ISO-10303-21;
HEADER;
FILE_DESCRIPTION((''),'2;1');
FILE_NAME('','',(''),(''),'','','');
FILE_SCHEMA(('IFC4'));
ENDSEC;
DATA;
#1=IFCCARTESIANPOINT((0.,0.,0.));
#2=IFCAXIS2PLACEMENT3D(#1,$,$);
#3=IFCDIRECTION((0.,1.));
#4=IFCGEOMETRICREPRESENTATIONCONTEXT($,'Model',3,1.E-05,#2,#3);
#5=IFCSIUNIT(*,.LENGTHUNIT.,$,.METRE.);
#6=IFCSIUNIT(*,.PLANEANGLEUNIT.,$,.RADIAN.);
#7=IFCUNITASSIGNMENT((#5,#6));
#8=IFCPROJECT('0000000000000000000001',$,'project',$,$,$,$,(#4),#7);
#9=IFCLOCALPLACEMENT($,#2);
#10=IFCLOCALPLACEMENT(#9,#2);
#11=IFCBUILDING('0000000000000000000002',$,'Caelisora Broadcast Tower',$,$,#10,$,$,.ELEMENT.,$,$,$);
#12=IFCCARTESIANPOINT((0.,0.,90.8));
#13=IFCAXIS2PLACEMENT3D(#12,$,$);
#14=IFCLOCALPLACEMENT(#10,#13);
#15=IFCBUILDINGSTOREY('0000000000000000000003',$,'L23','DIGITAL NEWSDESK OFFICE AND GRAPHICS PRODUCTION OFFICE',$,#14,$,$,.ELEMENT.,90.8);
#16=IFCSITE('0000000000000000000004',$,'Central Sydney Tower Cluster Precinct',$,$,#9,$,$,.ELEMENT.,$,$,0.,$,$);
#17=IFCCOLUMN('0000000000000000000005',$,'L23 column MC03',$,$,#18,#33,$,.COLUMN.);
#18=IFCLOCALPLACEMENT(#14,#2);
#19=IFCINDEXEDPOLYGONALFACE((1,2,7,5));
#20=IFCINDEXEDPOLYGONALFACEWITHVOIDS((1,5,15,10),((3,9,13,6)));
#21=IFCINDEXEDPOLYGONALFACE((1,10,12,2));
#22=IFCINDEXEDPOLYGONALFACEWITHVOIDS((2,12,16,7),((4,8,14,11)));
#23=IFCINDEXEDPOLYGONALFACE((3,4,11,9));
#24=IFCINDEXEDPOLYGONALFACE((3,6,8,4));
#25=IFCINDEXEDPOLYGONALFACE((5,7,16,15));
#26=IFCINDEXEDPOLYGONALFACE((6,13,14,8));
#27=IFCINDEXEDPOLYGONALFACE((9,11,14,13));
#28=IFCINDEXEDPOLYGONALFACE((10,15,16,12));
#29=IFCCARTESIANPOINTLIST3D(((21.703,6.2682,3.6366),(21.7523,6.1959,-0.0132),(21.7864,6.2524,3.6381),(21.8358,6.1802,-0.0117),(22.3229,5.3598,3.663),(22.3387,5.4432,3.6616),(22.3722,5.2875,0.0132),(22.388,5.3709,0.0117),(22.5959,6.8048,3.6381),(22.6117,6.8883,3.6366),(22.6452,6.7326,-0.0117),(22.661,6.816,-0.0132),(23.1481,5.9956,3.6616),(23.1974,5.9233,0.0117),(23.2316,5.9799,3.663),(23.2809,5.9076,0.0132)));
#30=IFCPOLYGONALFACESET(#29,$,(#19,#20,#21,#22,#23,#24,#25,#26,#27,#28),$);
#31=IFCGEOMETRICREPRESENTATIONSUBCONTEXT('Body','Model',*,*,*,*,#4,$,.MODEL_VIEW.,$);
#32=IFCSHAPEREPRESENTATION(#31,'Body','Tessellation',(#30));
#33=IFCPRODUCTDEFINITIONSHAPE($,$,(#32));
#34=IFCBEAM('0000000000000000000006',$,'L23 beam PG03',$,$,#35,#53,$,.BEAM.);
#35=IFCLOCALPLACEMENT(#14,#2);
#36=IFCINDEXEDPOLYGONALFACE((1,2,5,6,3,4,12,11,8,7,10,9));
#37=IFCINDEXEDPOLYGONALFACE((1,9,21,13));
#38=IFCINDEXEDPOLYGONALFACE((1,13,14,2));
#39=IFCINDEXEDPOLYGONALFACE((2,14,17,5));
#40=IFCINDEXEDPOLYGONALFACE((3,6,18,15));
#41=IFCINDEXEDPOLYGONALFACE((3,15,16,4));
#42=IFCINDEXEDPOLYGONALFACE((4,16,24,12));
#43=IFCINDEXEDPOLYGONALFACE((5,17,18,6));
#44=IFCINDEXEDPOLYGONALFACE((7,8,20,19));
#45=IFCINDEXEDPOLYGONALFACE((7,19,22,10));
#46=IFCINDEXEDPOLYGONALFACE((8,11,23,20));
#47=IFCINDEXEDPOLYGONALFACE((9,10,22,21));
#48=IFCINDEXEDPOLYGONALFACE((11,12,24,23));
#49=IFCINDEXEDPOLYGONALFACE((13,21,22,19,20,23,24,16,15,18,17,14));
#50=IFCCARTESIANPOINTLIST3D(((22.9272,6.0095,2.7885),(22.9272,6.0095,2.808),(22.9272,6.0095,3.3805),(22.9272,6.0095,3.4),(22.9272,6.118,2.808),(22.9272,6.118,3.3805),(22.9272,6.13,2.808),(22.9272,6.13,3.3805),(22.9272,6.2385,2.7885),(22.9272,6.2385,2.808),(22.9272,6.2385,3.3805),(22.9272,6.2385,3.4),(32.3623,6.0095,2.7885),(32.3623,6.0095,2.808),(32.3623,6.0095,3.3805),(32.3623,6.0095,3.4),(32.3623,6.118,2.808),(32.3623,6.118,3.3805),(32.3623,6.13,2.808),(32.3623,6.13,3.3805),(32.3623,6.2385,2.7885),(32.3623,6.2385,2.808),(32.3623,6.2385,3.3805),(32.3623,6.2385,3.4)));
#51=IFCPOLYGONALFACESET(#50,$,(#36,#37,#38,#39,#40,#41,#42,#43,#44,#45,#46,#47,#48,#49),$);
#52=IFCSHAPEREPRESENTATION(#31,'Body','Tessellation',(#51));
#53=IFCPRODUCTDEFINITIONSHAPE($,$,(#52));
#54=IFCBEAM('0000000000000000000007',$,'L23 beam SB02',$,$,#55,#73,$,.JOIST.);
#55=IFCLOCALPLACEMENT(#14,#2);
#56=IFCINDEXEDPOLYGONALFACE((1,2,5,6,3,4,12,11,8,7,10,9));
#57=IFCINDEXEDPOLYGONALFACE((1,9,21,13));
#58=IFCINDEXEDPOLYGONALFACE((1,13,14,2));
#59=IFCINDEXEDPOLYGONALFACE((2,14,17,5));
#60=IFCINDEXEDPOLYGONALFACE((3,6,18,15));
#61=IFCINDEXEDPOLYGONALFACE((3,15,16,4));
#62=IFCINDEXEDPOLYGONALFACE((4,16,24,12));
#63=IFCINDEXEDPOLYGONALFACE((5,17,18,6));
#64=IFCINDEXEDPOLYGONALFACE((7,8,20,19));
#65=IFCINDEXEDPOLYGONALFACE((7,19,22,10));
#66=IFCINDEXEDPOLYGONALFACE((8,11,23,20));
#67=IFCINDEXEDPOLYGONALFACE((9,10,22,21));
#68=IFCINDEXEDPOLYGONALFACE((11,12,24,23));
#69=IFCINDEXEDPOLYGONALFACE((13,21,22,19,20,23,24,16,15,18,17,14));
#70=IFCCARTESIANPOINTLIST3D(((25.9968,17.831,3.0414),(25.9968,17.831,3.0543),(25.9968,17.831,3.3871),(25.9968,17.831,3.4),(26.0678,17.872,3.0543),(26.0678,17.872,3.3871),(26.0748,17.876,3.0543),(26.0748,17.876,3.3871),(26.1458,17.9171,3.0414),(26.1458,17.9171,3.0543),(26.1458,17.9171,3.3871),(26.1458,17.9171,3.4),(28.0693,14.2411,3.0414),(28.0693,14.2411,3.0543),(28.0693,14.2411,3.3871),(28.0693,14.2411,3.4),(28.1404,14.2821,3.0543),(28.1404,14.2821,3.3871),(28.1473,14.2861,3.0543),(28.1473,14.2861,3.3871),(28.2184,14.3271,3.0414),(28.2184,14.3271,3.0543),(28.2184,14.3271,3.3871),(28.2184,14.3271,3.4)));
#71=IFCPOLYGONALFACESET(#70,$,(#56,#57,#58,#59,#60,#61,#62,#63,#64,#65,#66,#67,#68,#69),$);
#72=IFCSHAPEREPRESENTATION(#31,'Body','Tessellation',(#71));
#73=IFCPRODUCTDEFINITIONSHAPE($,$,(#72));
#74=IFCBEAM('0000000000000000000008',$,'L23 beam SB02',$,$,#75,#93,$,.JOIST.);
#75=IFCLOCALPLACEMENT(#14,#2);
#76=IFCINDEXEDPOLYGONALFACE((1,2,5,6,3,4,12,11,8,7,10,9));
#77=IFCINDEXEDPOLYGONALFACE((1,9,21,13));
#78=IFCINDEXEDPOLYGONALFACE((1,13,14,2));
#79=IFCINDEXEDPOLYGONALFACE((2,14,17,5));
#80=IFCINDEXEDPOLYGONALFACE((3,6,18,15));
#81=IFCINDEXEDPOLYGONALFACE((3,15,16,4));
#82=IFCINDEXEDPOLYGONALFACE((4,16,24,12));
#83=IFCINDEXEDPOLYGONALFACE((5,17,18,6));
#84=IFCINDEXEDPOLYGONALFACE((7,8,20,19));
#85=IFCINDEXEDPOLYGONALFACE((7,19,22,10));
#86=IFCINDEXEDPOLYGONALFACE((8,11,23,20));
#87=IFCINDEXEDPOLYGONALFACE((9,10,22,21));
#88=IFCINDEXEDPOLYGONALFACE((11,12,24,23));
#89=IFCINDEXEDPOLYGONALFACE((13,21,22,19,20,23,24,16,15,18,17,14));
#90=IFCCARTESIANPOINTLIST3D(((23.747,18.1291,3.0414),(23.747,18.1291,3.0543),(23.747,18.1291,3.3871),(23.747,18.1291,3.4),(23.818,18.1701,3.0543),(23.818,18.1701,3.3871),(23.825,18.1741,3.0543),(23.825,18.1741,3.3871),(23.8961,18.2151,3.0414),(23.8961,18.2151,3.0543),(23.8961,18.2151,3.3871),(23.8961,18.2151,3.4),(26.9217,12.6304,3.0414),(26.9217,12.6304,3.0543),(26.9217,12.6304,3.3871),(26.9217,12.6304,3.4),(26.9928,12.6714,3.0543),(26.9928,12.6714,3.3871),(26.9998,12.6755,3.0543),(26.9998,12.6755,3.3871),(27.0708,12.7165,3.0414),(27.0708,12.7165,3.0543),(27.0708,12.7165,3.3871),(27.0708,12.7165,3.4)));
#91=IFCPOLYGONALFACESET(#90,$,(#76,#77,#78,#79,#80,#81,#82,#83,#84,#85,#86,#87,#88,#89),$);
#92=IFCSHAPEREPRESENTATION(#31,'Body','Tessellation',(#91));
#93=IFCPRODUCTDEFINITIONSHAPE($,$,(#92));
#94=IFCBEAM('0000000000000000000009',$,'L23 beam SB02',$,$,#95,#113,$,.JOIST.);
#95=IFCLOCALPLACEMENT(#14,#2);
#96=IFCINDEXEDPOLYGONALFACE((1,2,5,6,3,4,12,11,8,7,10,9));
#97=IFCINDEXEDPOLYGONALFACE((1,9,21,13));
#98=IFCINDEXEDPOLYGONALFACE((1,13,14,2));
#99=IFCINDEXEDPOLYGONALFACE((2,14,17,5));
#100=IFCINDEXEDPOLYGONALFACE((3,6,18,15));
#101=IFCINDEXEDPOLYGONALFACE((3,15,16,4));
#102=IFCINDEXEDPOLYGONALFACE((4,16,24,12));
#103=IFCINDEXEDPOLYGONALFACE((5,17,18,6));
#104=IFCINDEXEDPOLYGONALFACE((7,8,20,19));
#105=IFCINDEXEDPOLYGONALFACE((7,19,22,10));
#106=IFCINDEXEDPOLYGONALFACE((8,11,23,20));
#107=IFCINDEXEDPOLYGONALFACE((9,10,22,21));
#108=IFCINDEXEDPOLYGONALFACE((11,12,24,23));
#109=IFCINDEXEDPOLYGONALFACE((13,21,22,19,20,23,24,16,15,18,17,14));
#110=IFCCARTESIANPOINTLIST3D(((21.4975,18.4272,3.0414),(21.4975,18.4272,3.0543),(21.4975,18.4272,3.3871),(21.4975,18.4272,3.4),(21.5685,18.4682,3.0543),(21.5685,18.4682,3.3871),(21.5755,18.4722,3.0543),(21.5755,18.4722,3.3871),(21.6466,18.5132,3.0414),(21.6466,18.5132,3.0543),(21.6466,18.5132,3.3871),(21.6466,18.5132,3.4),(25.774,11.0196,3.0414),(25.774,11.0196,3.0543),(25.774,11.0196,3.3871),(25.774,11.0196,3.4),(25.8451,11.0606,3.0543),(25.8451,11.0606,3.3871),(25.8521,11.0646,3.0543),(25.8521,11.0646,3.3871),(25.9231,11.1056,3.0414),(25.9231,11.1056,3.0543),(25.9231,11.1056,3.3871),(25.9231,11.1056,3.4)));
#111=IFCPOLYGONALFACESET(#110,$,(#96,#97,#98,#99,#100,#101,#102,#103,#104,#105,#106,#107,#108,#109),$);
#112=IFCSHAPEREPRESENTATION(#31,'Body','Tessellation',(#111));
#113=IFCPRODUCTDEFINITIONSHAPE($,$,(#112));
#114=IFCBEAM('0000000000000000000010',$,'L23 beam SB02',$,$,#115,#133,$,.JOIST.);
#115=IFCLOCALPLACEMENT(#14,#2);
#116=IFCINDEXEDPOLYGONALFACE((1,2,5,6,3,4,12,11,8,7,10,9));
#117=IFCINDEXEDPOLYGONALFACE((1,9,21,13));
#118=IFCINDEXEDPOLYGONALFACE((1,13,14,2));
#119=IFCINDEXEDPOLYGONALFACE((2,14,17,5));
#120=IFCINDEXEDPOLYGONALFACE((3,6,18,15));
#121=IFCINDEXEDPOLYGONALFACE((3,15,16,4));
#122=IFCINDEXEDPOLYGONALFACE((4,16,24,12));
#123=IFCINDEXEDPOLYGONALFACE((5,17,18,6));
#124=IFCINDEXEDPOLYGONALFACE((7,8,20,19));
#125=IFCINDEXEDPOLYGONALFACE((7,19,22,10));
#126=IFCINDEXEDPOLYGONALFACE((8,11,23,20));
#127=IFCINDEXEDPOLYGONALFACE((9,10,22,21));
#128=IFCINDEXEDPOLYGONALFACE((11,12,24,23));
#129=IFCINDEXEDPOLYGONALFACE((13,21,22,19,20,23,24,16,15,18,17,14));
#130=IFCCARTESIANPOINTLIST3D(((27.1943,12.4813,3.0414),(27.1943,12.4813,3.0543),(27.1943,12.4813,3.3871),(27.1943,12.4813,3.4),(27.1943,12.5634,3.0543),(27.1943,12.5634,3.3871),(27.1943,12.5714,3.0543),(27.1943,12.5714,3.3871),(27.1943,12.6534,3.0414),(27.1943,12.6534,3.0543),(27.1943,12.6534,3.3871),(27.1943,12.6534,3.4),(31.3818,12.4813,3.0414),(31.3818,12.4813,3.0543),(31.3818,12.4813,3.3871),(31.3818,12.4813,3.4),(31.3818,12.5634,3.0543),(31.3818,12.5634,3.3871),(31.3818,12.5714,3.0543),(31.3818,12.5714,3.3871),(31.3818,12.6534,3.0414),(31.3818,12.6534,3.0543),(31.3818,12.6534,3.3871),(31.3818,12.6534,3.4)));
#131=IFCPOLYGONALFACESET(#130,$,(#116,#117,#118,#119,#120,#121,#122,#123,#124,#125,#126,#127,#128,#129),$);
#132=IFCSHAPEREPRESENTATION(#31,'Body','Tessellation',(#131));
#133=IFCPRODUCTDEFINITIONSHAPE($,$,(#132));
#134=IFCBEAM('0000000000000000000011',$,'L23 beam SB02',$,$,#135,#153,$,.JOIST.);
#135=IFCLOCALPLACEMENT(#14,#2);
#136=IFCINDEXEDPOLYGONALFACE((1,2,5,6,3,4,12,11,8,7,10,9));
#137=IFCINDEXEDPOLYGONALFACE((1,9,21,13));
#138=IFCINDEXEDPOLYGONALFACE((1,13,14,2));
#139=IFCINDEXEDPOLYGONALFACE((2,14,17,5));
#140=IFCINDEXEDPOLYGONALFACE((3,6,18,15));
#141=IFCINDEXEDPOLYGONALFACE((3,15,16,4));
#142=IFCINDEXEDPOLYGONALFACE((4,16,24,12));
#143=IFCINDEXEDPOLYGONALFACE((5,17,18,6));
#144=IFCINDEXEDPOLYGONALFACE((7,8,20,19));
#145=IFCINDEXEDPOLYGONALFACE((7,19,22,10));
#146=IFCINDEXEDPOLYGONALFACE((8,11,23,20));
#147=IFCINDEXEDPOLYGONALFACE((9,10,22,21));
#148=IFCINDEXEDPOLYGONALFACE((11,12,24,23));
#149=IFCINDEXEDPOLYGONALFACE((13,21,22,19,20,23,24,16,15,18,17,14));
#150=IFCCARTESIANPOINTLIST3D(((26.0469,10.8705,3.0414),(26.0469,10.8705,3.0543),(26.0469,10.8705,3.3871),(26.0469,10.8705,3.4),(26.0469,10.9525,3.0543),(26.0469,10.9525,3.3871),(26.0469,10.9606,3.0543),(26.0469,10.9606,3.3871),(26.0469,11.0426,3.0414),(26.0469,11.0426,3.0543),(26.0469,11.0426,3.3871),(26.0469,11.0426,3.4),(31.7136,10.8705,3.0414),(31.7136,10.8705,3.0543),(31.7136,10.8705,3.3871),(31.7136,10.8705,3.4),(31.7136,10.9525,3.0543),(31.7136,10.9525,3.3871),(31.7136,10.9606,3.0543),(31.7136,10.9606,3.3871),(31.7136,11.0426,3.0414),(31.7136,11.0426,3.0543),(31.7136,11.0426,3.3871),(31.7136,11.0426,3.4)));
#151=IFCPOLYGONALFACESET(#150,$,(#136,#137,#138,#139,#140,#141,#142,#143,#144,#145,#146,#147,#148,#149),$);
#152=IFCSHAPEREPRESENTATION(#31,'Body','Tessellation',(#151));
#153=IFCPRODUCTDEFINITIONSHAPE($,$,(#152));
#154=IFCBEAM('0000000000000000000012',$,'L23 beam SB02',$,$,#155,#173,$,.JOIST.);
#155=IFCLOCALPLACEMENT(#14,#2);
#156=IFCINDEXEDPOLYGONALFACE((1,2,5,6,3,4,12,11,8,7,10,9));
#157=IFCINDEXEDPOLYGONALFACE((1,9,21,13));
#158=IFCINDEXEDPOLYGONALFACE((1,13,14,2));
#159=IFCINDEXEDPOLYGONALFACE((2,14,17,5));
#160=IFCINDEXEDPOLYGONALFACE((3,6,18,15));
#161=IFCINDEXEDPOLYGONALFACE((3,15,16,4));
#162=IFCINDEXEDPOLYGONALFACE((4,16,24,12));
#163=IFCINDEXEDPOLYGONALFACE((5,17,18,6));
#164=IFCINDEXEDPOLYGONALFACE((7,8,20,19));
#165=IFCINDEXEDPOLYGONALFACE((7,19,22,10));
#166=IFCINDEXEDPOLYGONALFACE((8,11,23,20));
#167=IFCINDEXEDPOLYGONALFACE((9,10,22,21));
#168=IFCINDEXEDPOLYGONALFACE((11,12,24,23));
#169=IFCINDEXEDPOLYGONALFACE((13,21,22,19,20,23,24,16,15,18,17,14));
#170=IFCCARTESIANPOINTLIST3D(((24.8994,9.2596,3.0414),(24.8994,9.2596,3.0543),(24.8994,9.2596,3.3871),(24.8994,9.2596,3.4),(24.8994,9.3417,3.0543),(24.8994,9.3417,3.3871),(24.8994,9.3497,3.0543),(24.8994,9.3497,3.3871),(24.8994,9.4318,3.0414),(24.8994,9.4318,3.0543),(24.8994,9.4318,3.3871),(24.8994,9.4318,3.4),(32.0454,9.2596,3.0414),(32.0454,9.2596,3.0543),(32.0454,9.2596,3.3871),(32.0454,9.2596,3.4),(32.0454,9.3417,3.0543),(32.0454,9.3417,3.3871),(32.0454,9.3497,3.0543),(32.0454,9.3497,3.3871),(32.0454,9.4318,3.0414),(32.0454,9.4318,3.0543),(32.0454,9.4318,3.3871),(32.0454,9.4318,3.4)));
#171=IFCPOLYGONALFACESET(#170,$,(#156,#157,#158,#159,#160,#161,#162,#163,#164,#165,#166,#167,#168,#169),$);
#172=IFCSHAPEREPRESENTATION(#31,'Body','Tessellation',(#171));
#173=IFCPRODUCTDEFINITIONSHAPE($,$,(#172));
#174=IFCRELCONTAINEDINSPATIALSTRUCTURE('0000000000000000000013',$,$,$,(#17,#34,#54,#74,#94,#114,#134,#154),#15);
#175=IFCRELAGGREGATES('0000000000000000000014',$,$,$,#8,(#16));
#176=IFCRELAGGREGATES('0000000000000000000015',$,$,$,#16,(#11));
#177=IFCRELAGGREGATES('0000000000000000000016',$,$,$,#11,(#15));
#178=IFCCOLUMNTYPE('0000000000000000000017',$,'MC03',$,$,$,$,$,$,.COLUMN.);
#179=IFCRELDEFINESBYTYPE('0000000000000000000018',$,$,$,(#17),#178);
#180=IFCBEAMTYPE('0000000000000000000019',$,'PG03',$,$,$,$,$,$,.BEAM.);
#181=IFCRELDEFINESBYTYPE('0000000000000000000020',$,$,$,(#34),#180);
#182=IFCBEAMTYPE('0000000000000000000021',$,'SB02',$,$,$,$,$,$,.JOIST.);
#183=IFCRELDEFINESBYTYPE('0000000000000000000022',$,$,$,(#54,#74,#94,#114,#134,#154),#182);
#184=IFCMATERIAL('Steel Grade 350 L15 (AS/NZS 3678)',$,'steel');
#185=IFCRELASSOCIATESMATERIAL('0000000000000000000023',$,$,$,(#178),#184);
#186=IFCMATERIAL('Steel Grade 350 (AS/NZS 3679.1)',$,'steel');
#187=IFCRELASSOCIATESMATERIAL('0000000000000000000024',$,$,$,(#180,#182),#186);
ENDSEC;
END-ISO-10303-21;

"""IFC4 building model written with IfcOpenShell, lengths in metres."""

from ifc_helpers import new_model, si_unit, direction, frame, origin, origin_2d, place, context, subcontext, project, spatial, hollow_rectangle, i_section, extrude, source, transform, mapped, material, material_profile, profile_set, type_object, type_shapes, element, save


model = new_model("IFC4")

# Units and contexts
model_context = context("Model", 3, precision=1e-05, world=origin(), true_north=direction((0.0, 1.0)))
body_context = subcontext(model_context, "Body", "Model", "MODEL_VIEW")
ifc_project = project(units=[si_unit("LENGTHUNIT", "METRE"), si_unit("PLANEANGLEUNIT", "RADIAN")], contexts=[model_context])

# Site, building, storey
site_placement = place(None, origin())
site = spatial("IfcSite", under=ifc_project, at=site_placement, Name="Central Sydney Tower Cluster Precinct", CompositionType="ELEMENT", RefElevation=0.0)
building_placement = place(site_placement, origin())
building = spatial("IfcBuilding", under=site, at=building_placement, Name="Caelisora Broadcast Tower", CompositionType="ELEMENT")
storey_placement = place(building_placement, frame((0.0, 0.0, 90.8)))
storey = spatial("IfcBuildingStorey", under=building, at=storey_placement, Name="L23", Description="DIGITAL NEWSDESK OFFICE AND GRAPHICS PRODUCTION OFFICE", CompositionType="ELEMENT", Elevation=90.8)

# Column
ifc_material_1 = material(Name="Steel Grade 350 L15 (AS/NZS 3678)", Category="steel")
ifc_material_profile_1 = material_profile(ifc_material_1, hollow_rectangle(XDim=1.1001, YDim=1.1001, WallThickness=0.0601, at=origin_2d()), Name="Steel Grade 350 L15 (AS/NZS 3678)")
ifc_profile_set_1 = profile_set([ifc_material_profile_1], Name="Steel Grade 350 L15 (AS/NZS 3678)")
column_type = type_object("IfcColumnType", Name="MC03", PredefinedType="COLUMN", material=ifc_profile_set_1)
shared_shape_1 = source(origin(), body_context, "Body", "SweptSolid", [
    extrude(hollow_rectangle(XDim=1.1001, YDim=1.1001, WallThickness=0.0601, at=origin_2d()), origin(), (0.0, 0.0, 1.0), 3.6509),
])
type_shapes(column_type, [shared_shape_1])
column_placement = place(storey_placement, frame((22.5166, 6.0518, 0.0), z_axis=(-0.013508, 0.019794, 0.999713), x_axis=(-0.825991, -0.563683, 0.0)))
element("IfcColumn", 1, at=column_placement, inside=storey, type_object=column_type, Name="L23 column MC03", PredefinedType="COLUMN", context=body_context, shape_type="MappedRepresentation", body=[
    mapped(shared_shape_1, transform((0.0, 0.0, 0.0), scale=1.0)),
])

# Beams
ifc_material_2 = material(Name="Steel Grade 350 (AS/NZS 3679.1)", Category="steel")
ifc_material_profile_2 = material_profile(ifc_material_2, i_section(OverallWidth=0.229, OverallDepth=0.6116, WebThickness=0.012, FlangeThickness=0.0195, at=origin_2d()), Name="Steel Grade 350 (AS/NZS 3679.1)")
ifc_profile_set_2 = profile_set([ifc_material_profile_2], Name="Steel Grade 350 (AS/NZS 3679.1)")
beam_type_1 = type_object("IfcBeamType", Name="PG03", PredefinedType="BEAM", material=ifc_profile_set_2)
shared_shape_2 = source(origin(), body_context, "Body", "SweptSolid", [
    extrude(i_section(OverallWidth=0.229, OverallDepth=0.6116, WebThickness=0.012, FlangeThickness=0.0195, at=origin_2d()), origin(), (0.0, 0.0, 1.0), 9.4351),
])
type_shapes(beam_type_1, [shared_shape_2])
beam_1_placement = place(storey_placement, frame((22.9272, 6.124, 3.0942), z_axis=(1.0, 0.0, 0.0), x_axis=(0.0, 1.0, 0.0)))
element("IfcBeam", 2, at=beam_1_placement, inside=storey, type_object=beam_type_1, Name="L23 beam PG03", PredefinedType="BEAM", context=body_context, shape_type="MappedRepresentation", body=[
    mapped(shared_shape_2, transform((0.0, 0.0, 0.0), scale=1.0)),
])
ifc_material_profile_3 = material_profile(ifc_material_2, i_section(OverallWidth=0.1721, OverallDepth=0.3586, WebThickness=0.0081, FlangeThickness=0.0129, at=origin_2d()), Name="Steel Grade 350 (AS/NZS 3679.1)")
ifc_profile_set_3 = profile_set([ifc_material_profile_3], Name="Steel Grade 350 (AS/NZS 3679.1)")
beam_type_2 = type_object("IfcBeamType", Name="SB02", PredefinedType="JOIST", material=ifc_profile_set_3)
shared_shape_3 = source(origin(), body_context, "Body", "SweptSolid", [
    extrude(i_section(OverallWidth=0.1721, OverallDepth=0.3586, WebThickness=0.0081, FlangeThickness=0.0129, at=origin_2d()), origin(), (0.0, 0.0, 1.0), 4.1453),
])
beam_2_placement = place(storey_placement, frame((26.0713, 17.874, 3.2207), z_axis=(0.499984, -0.866035, 0.0), x_axis=(0.866035, 0.499984, 0.0)))
element("IfcBeam", 3, at=beam_2_placement, inside=storey, type_object=beam_type_2, Name="L23 beam SB02", PredefinedType="JOIST", context=body_context, shape_type="MappedRepresentation", body=[
    mapped(shared_shape_3, transform((0.0, 0.0, 0.0), scale=1.0)),
])
shared_shape_4 = source(origin(), body_context, "Body", "SweptSolid", [
    extrude(i_section(OverallWidth=0.1721, OverallDepth=0.3586, WebThickness=0.0081, FlangeThickness=0.0129, at=origin_2d()), origin(), (0.0, 0.0, 1.0), 6.3494),
])
beam_3_placement = place(storey_placement, frame((23.8215, 18.1721, 3.2207), z_axis=(0.50001, -0.86602, 0.0), x_axis=(0.86602, 0.50001, 0.0)))
element("IfcBeam", 4, at=beam_3_placement, inside=storey, type_object=beam_type_2, Name="L23 beam SB02", PredefinedType="JOIST", context=body_context, shape_type="MappedRepresentation", body=[
    mapped(shared_shape_4, transform((0.0, 0.0, 0.0), scale=1.0)),
])
shared_shape_5 = source(origin(), body_context, "Body", "SweptSolid", [
    extrude(i_section(OverallWidth=0.1721, OverallDepth=0.3586, WebThickness=0.0081, FlangeThickness=0.0129, at=origin_2d()), origin(), (0.0, 0.0, 1.0), 8.5535),
])
beam_4_placement = place(storey_placement, frame((21.572, 18.4702, 3.2207), z_axis=(0.499979, -0.866037, 0.0), x_axis=(0.866037, 0.499979, 0.0)))
element("IfcBeam", 5, at=beam_4_placement, inside=storey, type_object=beam_type_2, Name="L23 beam SB02", PredefinedType="JOIST", context=body_context, shape_type="MappedRepresentation", body=[
    mapped(shared_shape_5, transform((0.0, 0.0, 0.0), scale=1.0)),
])
shared_shape_6 = source(origin(), body_context, "Body", "SweptSolid", [
    extrude(i_section(OverallWidth=0.1721, OverallDepth=0.3586, WebThickness=0.0081, FlangeThickness=0.0129, at=origin_2d()), origin(), (0.0, 0.0, 1.0), 4.1875),
])
beam_5_placement = place(storey_placement, frame((27.1943, 12.5674, 3.2207), z_axis=(1.0, 0.0, 0.0), x_axis=(0.0, 1.0, 0.0)))
element("IfcBeam", 6, at=beam_5_placement, inside=storey, type_object=beam_type_2, Name="L23 beam SB02", PredefinedType="JOIST", context=body_context, shape_type="MappedRepresentation", body=[
    mapped(shared_shape_6, transform((0.0, 0.0, 0.0), scale=1.0)),
])
shared_shape_7 = source(origin(), body_context, "Body", "SweptSolid", [
    extrude(i_section(OverallWidth=0.1721, OverallDepth=0.3586, WebThickness=0.0081, FlangeThickness=0.0129, at=origin_2d()), origin(), (0.0, 0.0, 1.0), 5.6667),
])
beam_6_placement = place(storey_placement, frame((26.0469, 10.9565, 3.2207), z_axis=(1.0, 0.0, 0.0), x_axis=(0.0, 1.0, 0.0)))
element("IfcBeam", 7, at=beam_6_placement, inside=storey, type_object=beam_type_2, Name="L23 beam SB02", PredefinedType="JOIST", context=body_context, shape_type="MappedRepresentation", body=[
    mapped(shared_shape_7, transform((0.0, 0.0, 0.0), scale=1.0)),
])
shared_shape_8 = source(origin(), body_context, "Body", "SweptSolid", [
    extrude(i_section(OverallWidth=0.1721, OverallDepth=0.3586, WebThickness=0.0081, FlangeThickness=0.0129, at=origin_2d()), origin(), (0.0, 0.0, 1.0), 7.146),
])
beam_7_placement = place(storey_placement, frame((24.8994, 9.3457, 3.2207), z_axis=(1.0, 0.0, 0.0), x_axis=(0.0, 1.0, 0.0)))
element("IfcBeam", 8, at=beam_7_placement, inside=storey, type_object=beam_type_2, Name="L23 beam SB02", PredefinedType="JOIST", context=body_context, shape_type="MappedRepresentation", body=[
    mapped(shared_shape_8, transform((0.0, 0.0, 0.0), scale=1.0)),
])

save(model, "model.ifc")
